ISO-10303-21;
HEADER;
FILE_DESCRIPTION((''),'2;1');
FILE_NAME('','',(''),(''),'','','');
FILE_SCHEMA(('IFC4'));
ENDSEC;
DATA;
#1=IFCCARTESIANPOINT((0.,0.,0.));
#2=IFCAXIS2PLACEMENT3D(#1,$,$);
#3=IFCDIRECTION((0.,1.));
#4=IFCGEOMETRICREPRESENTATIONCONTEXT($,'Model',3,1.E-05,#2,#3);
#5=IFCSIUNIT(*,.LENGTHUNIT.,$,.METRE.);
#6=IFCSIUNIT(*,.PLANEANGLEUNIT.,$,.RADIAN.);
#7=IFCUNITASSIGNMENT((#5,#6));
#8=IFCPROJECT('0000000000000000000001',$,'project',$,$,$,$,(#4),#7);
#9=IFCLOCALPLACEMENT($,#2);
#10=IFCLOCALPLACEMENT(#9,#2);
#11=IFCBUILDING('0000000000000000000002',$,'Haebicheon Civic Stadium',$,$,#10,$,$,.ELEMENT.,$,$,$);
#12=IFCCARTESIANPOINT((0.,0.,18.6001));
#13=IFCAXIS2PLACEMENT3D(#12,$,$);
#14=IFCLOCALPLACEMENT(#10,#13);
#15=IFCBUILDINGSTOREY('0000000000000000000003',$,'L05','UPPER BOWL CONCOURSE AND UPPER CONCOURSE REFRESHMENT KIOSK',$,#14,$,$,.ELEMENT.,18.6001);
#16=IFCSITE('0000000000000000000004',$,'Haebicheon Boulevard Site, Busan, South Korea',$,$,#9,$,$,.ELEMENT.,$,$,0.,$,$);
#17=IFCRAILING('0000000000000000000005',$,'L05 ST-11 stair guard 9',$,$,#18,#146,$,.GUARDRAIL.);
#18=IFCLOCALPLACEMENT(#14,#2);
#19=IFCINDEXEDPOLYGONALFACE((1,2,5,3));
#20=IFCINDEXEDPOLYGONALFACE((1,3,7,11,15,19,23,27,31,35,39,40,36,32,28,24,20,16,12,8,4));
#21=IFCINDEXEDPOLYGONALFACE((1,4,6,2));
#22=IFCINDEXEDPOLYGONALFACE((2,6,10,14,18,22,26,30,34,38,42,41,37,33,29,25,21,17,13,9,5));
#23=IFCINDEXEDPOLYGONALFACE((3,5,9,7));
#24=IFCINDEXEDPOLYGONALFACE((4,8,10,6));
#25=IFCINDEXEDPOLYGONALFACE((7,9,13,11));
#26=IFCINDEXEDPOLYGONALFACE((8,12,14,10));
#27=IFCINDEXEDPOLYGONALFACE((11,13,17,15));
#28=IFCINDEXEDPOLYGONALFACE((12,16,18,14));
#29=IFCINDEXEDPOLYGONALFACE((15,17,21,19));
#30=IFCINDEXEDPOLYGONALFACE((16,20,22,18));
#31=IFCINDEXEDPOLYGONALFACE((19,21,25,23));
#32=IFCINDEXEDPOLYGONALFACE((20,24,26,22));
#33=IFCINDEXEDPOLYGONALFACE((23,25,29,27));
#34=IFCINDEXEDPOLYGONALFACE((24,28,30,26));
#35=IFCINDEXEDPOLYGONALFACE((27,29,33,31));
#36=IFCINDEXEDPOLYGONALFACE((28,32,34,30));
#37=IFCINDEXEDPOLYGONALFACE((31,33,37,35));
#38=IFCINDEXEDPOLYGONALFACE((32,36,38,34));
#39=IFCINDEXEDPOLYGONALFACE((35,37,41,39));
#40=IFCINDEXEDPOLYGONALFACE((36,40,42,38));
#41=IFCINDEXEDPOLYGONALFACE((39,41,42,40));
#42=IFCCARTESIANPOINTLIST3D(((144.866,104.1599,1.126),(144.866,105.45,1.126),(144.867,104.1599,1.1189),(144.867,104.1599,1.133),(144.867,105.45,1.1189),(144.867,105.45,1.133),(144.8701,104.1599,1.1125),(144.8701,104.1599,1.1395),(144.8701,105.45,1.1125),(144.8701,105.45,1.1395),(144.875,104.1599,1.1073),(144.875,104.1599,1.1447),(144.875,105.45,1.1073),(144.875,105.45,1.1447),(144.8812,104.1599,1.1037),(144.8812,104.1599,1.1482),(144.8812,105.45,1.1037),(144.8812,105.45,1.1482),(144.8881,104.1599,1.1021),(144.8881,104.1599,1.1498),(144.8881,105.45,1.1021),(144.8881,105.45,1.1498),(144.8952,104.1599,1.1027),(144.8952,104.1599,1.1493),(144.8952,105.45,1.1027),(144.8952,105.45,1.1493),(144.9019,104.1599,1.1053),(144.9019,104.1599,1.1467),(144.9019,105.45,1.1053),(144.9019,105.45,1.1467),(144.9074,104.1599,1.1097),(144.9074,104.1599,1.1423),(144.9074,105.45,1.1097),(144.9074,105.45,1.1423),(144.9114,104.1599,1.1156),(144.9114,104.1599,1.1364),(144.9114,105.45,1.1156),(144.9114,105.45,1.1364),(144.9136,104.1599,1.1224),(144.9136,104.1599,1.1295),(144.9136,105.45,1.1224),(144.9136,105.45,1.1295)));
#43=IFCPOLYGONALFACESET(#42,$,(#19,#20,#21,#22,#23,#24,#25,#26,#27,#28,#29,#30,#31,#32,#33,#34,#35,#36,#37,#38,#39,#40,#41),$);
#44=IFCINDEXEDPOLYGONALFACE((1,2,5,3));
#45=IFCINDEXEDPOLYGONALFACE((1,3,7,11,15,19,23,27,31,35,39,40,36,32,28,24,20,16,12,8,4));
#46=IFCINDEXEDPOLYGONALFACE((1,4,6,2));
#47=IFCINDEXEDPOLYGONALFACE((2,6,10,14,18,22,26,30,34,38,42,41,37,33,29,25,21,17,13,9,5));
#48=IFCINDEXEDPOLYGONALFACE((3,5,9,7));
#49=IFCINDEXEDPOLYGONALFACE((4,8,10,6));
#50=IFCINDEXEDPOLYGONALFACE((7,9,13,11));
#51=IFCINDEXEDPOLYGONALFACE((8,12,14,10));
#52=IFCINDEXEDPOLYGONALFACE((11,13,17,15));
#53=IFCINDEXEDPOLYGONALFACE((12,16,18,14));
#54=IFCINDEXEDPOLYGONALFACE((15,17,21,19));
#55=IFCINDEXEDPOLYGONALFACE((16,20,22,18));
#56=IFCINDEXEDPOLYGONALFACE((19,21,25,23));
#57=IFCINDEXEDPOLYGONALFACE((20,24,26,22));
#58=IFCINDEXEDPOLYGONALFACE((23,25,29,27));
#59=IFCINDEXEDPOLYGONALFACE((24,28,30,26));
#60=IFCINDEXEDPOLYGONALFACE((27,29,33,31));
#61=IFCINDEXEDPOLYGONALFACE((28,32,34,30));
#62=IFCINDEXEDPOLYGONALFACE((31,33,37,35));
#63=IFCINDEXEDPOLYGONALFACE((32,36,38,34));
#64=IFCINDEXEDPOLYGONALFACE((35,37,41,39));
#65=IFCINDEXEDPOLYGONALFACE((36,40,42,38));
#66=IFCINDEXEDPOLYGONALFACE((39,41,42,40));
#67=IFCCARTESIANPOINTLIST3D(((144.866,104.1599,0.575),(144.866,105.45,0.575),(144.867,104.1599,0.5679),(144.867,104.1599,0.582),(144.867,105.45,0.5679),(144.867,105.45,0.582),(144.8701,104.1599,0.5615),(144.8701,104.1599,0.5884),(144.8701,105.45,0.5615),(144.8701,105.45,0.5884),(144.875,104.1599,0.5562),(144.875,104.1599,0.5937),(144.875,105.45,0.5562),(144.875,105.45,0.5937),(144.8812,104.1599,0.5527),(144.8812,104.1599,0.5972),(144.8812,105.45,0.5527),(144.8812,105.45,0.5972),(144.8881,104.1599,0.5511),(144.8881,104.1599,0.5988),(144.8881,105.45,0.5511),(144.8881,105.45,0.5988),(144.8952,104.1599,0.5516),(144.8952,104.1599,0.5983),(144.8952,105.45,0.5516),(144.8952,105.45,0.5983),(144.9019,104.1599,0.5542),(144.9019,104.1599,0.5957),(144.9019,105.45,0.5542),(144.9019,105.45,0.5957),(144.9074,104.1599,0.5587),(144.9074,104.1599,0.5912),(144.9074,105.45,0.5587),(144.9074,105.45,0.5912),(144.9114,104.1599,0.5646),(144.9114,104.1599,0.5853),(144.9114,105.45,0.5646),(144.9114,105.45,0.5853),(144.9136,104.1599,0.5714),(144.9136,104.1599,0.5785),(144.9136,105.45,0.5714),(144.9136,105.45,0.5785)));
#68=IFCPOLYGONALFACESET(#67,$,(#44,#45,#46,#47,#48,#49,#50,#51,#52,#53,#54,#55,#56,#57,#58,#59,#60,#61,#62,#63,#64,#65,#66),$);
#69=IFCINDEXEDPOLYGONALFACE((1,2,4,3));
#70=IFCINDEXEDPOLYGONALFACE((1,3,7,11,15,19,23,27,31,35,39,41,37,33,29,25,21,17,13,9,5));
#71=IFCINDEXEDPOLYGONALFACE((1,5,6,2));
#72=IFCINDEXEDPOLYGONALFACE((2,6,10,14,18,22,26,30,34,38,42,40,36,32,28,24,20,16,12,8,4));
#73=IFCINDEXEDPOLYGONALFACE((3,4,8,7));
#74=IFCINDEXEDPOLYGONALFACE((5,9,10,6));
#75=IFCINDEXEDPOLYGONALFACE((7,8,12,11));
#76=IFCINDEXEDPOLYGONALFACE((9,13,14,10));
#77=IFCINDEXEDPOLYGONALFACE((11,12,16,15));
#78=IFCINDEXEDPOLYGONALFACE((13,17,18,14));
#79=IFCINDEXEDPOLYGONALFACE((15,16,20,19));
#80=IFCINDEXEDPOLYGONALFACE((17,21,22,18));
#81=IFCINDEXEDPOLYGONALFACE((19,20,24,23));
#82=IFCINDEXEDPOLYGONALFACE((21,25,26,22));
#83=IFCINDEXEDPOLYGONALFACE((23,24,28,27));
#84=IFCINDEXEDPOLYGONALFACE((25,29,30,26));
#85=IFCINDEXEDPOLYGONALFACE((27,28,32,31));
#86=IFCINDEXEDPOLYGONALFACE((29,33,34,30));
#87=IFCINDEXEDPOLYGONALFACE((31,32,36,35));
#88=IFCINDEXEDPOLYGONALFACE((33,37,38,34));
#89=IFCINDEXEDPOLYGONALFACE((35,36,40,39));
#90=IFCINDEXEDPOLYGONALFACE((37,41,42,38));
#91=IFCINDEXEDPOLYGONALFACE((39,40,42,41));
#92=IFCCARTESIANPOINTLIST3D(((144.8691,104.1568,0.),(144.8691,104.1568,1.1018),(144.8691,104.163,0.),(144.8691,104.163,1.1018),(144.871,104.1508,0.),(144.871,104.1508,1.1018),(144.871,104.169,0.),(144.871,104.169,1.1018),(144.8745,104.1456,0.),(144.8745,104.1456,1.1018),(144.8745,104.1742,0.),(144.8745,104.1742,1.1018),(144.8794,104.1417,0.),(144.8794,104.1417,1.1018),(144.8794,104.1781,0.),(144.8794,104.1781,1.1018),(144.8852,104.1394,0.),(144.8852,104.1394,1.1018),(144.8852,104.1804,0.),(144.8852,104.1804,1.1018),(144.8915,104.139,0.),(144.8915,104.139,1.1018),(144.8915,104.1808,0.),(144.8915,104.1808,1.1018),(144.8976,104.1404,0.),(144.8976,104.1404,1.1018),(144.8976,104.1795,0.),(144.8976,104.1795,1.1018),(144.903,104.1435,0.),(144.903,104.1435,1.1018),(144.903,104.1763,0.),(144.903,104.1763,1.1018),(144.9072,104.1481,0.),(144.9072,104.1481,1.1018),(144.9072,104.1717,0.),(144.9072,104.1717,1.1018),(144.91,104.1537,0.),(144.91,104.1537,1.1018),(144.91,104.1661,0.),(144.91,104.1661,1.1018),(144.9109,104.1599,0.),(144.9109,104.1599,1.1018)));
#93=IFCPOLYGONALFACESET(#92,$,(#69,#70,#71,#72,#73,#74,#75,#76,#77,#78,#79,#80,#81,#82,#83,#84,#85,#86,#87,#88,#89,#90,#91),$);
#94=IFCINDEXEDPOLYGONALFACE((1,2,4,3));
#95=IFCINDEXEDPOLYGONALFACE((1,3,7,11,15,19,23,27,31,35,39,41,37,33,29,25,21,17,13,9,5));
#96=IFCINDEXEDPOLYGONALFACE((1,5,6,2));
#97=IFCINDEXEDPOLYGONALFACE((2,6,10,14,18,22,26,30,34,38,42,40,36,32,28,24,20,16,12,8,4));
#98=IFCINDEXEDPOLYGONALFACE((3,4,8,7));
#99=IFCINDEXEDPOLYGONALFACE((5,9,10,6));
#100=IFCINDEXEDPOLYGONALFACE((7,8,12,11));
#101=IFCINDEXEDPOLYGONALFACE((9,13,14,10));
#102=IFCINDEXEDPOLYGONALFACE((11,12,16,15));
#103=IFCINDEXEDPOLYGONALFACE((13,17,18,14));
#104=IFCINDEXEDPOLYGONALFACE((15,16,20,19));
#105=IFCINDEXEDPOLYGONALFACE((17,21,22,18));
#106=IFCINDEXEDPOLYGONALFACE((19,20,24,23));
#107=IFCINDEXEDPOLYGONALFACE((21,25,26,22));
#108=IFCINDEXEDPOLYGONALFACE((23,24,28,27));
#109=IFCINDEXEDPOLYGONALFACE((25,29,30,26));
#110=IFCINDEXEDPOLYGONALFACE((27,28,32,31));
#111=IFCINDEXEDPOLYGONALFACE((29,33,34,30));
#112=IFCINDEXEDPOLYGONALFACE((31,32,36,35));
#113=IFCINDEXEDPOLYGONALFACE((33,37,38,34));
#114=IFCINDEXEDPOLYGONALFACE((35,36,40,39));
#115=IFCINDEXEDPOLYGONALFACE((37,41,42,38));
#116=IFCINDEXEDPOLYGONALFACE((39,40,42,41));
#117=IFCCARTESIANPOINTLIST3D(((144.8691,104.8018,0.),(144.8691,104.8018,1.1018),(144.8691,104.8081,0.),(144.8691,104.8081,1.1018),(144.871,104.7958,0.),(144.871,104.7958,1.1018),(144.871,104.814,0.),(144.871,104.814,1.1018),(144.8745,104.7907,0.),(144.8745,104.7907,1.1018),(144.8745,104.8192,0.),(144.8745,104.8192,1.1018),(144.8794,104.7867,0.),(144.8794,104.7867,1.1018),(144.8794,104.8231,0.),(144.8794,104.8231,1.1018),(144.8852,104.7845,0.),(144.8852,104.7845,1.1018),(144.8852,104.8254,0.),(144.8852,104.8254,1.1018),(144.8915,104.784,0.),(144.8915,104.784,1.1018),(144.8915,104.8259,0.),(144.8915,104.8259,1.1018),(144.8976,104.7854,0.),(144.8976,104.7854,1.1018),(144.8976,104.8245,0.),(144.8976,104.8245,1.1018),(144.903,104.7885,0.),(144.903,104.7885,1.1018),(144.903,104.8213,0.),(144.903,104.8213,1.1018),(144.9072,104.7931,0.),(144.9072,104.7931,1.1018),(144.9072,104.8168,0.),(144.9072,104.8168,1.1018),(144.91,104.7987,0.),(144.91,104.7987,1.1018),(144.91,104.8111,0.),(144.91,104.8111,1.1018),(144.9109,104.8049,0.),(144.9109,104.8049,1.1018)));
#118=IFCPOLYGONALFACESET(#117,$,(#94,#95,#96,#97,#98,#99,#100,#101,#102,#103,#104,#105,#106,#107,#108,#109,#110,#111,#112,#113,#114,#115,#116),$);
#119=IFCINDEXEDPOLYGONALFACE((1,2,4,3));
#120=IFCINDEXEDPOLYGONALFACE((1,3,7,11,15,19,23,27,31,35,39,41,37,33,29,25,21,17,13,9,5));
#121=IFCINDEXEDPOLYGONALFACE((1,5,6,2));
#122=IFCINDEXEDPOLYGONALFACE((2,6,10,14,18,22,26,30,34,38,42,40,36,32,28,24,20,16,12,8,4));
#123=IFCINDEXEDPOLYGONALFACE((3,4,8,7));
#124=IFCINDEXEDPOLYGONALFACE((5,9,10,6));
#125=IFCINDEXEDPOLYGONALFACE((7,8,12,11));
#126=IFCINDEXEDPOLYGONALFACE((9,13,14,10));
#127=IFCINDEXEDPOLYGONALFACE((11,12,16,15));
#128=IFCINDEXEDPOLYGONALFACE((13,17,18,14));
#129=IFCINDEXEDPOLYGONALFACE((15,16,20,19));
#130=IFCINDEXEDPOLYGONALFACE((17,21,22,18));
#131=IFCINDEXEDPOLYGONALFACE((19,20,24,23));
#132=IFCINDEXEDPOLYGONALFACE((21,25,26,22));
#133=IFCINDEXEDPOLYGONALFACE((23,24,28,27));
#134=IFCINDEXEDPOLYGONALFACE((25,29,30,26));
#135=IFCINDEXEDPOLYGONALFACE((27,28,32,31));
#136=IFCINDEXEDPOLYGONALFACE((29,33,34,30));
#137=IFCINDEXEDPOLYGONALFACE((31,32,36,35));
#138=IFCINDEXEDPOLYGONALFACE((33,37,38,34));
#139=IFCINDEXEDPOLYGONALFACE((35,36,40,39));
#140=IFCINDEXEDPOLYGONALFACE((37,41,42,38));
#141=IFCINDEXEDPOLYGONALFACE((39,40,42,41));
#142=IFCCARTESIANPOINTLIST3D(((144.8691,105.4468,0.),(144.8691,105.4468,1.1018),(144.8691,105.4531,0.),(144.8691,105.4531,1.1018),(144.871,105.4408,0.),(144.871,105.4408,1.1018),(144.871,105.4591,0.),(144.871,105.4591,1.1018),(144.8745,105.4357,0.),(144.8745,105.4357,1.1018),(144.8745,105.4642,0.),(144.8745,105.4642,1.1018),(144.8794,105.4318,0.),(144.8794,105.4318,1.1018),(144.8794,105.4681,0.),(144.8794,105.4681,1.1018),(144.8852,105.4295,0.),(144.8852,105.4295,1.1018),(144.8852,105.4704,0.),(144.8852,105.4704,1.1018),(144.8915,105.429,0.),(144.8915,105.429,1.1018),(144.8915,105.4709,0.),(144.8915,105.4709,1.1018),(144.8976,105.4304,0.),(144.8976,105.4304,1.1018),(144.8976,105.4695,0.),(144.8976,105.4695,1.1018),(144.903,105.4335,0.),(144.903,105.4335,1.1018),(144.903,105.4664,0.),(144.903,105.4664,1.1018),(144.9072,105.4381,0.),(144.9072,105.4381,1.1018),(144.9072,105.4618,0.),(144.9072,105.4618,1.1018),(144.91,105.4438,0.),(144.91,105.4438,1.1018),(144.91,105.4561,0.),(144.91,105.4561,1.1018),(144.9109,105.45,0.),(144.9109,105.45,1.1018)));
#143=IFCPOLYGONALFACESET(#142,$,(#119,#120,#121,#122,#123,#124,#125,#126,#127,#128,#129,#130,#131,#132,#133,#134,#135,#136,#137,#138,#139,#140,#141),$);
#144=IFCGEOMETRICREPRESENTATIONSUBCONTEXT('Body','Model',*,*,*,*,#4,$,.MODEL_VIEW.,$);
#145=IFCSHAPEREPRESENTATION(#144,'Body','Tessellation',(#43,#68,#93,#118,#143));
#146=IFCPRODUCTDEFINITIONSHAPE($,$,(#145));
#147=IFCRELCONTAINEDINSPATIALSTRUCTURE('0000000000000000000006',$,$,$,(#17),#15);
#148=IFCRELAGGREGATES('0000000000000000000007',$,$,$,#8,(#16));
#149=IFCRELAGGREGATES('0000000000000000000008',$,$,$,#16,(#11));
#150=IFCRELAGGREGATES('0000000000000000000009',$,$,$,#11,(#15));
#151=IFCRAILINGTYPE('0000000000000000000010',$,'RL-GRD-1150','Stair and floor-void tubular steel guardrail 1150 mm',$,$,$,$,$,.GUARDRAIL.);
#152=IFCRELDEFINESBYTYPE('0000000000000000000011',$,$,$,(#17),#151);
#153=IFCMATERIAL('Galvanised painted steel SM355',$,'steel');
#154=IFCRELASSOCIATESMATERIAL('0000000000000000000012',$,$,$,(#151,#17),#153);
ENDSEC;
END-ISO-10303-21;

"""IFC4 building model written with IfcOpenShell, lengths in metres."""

from ifc_helpers import new_model, si_unit, direction, frame, origin, origin_2d, place, context, subcontext, project, spatial, circle, extrude, material, type_object, element, save


model = new_model("IFC4")

# Units and contexts
model_context = context("Model", 3, precision=1e-05, world=origin(), true_north=direction((0.0, 1.0)))
body_context = subcontext(model_context, "Body", "Model", "MODEL_VIEW")
ifc_project = project(units=[si_unit("LENGTHUNIT", "METRE"), si_unit("PLANEANGLEUNIT", "RADIAN")], contexts=[model_context])

# Site, building, storey
site_placement = place(None, origin())
site = spatial("IfcSite", under=ifc_project, at=site_placement, Name="Haebicheon Boulevard Site, Busan, South Korea", CompositionType="ELEMENT", RefElevation=0.0)
building_placement = place(site_placement, origin())
building = spatial("IfcBuilding", under=site, at=building_placement, Name="Haebicheon Civic Stadium", CompositionType="ELEMENT")
storey_placement = place(building_placement, frame((0.0, 0.0, 18.6001)))
storey = spatial("IfcBuildingStorey", under=building, at=storey_placement, Name="L05", Description="UPPER BOWL CONCOURSE AND UPPER CONCOURSE REFRESHMENT KIOSK", CompositionType="ELEMENT", Elevation=18.6001)

# Railing
ifc_material_1 = material(Name="Galvanised painted steel SM355", Category="steel")
railing_type = type_object("IfcRailingType", Name="RL-GRD-1150", Description="Stair and floor-void tubular steel guardrail 1150 mm", PredefinedType="GUARDRAIL", material=ifc_material_1)
for number, where, name in (
    (1, (144.8899, 104.1599, 0.0), "L05 ST-11 stair guard 9"),
):
    element("IfcRailing", number, at=place(storey_placement, frame(where)), inside=storey, type_object=railing_type, material=ifc_material_1, Name=name, PredefinedType="GUARDRAIL", context=body_context, shape_type="SweptSolid", body=[
        extrude(circle(Radius=0.0239, at=origin_2d()), frame((0.0, 0.0, 1.126), z_axis=(0.0, 1.0, 0.0), x_axis=(-1.0, 0.0, 0.0)), (0.0, 0.0, 1.0), 1.29),
        extrude(circle(Radius=0.0239, at=origin_2d()), frame((0.0, 0.0, 0.575), z_axis=(0.0, 1.0, 0.0), x_axis=(-1.0, 0.0, 0.0)), (0.0, 0.0, 1.0), 1.29),
        extrude(circle(Radius=0.021, at=origin_2d()), origin(), (0.0, 0.0, 1.0), 1.1018),
        extrude(circle(Radius=0.021, at=origin_2d()), frame((0.0, 0.645, 0.0)), (0.0, 0.0, 1.0), 1.1018),
        extrude(circle(Radius=0.021, at=origin_2d()), frame((0.0, 1.29, 0.0)), (0.0, 0.0, 1.0), 1.1018),
    ])

save(model, "model.ifc")
